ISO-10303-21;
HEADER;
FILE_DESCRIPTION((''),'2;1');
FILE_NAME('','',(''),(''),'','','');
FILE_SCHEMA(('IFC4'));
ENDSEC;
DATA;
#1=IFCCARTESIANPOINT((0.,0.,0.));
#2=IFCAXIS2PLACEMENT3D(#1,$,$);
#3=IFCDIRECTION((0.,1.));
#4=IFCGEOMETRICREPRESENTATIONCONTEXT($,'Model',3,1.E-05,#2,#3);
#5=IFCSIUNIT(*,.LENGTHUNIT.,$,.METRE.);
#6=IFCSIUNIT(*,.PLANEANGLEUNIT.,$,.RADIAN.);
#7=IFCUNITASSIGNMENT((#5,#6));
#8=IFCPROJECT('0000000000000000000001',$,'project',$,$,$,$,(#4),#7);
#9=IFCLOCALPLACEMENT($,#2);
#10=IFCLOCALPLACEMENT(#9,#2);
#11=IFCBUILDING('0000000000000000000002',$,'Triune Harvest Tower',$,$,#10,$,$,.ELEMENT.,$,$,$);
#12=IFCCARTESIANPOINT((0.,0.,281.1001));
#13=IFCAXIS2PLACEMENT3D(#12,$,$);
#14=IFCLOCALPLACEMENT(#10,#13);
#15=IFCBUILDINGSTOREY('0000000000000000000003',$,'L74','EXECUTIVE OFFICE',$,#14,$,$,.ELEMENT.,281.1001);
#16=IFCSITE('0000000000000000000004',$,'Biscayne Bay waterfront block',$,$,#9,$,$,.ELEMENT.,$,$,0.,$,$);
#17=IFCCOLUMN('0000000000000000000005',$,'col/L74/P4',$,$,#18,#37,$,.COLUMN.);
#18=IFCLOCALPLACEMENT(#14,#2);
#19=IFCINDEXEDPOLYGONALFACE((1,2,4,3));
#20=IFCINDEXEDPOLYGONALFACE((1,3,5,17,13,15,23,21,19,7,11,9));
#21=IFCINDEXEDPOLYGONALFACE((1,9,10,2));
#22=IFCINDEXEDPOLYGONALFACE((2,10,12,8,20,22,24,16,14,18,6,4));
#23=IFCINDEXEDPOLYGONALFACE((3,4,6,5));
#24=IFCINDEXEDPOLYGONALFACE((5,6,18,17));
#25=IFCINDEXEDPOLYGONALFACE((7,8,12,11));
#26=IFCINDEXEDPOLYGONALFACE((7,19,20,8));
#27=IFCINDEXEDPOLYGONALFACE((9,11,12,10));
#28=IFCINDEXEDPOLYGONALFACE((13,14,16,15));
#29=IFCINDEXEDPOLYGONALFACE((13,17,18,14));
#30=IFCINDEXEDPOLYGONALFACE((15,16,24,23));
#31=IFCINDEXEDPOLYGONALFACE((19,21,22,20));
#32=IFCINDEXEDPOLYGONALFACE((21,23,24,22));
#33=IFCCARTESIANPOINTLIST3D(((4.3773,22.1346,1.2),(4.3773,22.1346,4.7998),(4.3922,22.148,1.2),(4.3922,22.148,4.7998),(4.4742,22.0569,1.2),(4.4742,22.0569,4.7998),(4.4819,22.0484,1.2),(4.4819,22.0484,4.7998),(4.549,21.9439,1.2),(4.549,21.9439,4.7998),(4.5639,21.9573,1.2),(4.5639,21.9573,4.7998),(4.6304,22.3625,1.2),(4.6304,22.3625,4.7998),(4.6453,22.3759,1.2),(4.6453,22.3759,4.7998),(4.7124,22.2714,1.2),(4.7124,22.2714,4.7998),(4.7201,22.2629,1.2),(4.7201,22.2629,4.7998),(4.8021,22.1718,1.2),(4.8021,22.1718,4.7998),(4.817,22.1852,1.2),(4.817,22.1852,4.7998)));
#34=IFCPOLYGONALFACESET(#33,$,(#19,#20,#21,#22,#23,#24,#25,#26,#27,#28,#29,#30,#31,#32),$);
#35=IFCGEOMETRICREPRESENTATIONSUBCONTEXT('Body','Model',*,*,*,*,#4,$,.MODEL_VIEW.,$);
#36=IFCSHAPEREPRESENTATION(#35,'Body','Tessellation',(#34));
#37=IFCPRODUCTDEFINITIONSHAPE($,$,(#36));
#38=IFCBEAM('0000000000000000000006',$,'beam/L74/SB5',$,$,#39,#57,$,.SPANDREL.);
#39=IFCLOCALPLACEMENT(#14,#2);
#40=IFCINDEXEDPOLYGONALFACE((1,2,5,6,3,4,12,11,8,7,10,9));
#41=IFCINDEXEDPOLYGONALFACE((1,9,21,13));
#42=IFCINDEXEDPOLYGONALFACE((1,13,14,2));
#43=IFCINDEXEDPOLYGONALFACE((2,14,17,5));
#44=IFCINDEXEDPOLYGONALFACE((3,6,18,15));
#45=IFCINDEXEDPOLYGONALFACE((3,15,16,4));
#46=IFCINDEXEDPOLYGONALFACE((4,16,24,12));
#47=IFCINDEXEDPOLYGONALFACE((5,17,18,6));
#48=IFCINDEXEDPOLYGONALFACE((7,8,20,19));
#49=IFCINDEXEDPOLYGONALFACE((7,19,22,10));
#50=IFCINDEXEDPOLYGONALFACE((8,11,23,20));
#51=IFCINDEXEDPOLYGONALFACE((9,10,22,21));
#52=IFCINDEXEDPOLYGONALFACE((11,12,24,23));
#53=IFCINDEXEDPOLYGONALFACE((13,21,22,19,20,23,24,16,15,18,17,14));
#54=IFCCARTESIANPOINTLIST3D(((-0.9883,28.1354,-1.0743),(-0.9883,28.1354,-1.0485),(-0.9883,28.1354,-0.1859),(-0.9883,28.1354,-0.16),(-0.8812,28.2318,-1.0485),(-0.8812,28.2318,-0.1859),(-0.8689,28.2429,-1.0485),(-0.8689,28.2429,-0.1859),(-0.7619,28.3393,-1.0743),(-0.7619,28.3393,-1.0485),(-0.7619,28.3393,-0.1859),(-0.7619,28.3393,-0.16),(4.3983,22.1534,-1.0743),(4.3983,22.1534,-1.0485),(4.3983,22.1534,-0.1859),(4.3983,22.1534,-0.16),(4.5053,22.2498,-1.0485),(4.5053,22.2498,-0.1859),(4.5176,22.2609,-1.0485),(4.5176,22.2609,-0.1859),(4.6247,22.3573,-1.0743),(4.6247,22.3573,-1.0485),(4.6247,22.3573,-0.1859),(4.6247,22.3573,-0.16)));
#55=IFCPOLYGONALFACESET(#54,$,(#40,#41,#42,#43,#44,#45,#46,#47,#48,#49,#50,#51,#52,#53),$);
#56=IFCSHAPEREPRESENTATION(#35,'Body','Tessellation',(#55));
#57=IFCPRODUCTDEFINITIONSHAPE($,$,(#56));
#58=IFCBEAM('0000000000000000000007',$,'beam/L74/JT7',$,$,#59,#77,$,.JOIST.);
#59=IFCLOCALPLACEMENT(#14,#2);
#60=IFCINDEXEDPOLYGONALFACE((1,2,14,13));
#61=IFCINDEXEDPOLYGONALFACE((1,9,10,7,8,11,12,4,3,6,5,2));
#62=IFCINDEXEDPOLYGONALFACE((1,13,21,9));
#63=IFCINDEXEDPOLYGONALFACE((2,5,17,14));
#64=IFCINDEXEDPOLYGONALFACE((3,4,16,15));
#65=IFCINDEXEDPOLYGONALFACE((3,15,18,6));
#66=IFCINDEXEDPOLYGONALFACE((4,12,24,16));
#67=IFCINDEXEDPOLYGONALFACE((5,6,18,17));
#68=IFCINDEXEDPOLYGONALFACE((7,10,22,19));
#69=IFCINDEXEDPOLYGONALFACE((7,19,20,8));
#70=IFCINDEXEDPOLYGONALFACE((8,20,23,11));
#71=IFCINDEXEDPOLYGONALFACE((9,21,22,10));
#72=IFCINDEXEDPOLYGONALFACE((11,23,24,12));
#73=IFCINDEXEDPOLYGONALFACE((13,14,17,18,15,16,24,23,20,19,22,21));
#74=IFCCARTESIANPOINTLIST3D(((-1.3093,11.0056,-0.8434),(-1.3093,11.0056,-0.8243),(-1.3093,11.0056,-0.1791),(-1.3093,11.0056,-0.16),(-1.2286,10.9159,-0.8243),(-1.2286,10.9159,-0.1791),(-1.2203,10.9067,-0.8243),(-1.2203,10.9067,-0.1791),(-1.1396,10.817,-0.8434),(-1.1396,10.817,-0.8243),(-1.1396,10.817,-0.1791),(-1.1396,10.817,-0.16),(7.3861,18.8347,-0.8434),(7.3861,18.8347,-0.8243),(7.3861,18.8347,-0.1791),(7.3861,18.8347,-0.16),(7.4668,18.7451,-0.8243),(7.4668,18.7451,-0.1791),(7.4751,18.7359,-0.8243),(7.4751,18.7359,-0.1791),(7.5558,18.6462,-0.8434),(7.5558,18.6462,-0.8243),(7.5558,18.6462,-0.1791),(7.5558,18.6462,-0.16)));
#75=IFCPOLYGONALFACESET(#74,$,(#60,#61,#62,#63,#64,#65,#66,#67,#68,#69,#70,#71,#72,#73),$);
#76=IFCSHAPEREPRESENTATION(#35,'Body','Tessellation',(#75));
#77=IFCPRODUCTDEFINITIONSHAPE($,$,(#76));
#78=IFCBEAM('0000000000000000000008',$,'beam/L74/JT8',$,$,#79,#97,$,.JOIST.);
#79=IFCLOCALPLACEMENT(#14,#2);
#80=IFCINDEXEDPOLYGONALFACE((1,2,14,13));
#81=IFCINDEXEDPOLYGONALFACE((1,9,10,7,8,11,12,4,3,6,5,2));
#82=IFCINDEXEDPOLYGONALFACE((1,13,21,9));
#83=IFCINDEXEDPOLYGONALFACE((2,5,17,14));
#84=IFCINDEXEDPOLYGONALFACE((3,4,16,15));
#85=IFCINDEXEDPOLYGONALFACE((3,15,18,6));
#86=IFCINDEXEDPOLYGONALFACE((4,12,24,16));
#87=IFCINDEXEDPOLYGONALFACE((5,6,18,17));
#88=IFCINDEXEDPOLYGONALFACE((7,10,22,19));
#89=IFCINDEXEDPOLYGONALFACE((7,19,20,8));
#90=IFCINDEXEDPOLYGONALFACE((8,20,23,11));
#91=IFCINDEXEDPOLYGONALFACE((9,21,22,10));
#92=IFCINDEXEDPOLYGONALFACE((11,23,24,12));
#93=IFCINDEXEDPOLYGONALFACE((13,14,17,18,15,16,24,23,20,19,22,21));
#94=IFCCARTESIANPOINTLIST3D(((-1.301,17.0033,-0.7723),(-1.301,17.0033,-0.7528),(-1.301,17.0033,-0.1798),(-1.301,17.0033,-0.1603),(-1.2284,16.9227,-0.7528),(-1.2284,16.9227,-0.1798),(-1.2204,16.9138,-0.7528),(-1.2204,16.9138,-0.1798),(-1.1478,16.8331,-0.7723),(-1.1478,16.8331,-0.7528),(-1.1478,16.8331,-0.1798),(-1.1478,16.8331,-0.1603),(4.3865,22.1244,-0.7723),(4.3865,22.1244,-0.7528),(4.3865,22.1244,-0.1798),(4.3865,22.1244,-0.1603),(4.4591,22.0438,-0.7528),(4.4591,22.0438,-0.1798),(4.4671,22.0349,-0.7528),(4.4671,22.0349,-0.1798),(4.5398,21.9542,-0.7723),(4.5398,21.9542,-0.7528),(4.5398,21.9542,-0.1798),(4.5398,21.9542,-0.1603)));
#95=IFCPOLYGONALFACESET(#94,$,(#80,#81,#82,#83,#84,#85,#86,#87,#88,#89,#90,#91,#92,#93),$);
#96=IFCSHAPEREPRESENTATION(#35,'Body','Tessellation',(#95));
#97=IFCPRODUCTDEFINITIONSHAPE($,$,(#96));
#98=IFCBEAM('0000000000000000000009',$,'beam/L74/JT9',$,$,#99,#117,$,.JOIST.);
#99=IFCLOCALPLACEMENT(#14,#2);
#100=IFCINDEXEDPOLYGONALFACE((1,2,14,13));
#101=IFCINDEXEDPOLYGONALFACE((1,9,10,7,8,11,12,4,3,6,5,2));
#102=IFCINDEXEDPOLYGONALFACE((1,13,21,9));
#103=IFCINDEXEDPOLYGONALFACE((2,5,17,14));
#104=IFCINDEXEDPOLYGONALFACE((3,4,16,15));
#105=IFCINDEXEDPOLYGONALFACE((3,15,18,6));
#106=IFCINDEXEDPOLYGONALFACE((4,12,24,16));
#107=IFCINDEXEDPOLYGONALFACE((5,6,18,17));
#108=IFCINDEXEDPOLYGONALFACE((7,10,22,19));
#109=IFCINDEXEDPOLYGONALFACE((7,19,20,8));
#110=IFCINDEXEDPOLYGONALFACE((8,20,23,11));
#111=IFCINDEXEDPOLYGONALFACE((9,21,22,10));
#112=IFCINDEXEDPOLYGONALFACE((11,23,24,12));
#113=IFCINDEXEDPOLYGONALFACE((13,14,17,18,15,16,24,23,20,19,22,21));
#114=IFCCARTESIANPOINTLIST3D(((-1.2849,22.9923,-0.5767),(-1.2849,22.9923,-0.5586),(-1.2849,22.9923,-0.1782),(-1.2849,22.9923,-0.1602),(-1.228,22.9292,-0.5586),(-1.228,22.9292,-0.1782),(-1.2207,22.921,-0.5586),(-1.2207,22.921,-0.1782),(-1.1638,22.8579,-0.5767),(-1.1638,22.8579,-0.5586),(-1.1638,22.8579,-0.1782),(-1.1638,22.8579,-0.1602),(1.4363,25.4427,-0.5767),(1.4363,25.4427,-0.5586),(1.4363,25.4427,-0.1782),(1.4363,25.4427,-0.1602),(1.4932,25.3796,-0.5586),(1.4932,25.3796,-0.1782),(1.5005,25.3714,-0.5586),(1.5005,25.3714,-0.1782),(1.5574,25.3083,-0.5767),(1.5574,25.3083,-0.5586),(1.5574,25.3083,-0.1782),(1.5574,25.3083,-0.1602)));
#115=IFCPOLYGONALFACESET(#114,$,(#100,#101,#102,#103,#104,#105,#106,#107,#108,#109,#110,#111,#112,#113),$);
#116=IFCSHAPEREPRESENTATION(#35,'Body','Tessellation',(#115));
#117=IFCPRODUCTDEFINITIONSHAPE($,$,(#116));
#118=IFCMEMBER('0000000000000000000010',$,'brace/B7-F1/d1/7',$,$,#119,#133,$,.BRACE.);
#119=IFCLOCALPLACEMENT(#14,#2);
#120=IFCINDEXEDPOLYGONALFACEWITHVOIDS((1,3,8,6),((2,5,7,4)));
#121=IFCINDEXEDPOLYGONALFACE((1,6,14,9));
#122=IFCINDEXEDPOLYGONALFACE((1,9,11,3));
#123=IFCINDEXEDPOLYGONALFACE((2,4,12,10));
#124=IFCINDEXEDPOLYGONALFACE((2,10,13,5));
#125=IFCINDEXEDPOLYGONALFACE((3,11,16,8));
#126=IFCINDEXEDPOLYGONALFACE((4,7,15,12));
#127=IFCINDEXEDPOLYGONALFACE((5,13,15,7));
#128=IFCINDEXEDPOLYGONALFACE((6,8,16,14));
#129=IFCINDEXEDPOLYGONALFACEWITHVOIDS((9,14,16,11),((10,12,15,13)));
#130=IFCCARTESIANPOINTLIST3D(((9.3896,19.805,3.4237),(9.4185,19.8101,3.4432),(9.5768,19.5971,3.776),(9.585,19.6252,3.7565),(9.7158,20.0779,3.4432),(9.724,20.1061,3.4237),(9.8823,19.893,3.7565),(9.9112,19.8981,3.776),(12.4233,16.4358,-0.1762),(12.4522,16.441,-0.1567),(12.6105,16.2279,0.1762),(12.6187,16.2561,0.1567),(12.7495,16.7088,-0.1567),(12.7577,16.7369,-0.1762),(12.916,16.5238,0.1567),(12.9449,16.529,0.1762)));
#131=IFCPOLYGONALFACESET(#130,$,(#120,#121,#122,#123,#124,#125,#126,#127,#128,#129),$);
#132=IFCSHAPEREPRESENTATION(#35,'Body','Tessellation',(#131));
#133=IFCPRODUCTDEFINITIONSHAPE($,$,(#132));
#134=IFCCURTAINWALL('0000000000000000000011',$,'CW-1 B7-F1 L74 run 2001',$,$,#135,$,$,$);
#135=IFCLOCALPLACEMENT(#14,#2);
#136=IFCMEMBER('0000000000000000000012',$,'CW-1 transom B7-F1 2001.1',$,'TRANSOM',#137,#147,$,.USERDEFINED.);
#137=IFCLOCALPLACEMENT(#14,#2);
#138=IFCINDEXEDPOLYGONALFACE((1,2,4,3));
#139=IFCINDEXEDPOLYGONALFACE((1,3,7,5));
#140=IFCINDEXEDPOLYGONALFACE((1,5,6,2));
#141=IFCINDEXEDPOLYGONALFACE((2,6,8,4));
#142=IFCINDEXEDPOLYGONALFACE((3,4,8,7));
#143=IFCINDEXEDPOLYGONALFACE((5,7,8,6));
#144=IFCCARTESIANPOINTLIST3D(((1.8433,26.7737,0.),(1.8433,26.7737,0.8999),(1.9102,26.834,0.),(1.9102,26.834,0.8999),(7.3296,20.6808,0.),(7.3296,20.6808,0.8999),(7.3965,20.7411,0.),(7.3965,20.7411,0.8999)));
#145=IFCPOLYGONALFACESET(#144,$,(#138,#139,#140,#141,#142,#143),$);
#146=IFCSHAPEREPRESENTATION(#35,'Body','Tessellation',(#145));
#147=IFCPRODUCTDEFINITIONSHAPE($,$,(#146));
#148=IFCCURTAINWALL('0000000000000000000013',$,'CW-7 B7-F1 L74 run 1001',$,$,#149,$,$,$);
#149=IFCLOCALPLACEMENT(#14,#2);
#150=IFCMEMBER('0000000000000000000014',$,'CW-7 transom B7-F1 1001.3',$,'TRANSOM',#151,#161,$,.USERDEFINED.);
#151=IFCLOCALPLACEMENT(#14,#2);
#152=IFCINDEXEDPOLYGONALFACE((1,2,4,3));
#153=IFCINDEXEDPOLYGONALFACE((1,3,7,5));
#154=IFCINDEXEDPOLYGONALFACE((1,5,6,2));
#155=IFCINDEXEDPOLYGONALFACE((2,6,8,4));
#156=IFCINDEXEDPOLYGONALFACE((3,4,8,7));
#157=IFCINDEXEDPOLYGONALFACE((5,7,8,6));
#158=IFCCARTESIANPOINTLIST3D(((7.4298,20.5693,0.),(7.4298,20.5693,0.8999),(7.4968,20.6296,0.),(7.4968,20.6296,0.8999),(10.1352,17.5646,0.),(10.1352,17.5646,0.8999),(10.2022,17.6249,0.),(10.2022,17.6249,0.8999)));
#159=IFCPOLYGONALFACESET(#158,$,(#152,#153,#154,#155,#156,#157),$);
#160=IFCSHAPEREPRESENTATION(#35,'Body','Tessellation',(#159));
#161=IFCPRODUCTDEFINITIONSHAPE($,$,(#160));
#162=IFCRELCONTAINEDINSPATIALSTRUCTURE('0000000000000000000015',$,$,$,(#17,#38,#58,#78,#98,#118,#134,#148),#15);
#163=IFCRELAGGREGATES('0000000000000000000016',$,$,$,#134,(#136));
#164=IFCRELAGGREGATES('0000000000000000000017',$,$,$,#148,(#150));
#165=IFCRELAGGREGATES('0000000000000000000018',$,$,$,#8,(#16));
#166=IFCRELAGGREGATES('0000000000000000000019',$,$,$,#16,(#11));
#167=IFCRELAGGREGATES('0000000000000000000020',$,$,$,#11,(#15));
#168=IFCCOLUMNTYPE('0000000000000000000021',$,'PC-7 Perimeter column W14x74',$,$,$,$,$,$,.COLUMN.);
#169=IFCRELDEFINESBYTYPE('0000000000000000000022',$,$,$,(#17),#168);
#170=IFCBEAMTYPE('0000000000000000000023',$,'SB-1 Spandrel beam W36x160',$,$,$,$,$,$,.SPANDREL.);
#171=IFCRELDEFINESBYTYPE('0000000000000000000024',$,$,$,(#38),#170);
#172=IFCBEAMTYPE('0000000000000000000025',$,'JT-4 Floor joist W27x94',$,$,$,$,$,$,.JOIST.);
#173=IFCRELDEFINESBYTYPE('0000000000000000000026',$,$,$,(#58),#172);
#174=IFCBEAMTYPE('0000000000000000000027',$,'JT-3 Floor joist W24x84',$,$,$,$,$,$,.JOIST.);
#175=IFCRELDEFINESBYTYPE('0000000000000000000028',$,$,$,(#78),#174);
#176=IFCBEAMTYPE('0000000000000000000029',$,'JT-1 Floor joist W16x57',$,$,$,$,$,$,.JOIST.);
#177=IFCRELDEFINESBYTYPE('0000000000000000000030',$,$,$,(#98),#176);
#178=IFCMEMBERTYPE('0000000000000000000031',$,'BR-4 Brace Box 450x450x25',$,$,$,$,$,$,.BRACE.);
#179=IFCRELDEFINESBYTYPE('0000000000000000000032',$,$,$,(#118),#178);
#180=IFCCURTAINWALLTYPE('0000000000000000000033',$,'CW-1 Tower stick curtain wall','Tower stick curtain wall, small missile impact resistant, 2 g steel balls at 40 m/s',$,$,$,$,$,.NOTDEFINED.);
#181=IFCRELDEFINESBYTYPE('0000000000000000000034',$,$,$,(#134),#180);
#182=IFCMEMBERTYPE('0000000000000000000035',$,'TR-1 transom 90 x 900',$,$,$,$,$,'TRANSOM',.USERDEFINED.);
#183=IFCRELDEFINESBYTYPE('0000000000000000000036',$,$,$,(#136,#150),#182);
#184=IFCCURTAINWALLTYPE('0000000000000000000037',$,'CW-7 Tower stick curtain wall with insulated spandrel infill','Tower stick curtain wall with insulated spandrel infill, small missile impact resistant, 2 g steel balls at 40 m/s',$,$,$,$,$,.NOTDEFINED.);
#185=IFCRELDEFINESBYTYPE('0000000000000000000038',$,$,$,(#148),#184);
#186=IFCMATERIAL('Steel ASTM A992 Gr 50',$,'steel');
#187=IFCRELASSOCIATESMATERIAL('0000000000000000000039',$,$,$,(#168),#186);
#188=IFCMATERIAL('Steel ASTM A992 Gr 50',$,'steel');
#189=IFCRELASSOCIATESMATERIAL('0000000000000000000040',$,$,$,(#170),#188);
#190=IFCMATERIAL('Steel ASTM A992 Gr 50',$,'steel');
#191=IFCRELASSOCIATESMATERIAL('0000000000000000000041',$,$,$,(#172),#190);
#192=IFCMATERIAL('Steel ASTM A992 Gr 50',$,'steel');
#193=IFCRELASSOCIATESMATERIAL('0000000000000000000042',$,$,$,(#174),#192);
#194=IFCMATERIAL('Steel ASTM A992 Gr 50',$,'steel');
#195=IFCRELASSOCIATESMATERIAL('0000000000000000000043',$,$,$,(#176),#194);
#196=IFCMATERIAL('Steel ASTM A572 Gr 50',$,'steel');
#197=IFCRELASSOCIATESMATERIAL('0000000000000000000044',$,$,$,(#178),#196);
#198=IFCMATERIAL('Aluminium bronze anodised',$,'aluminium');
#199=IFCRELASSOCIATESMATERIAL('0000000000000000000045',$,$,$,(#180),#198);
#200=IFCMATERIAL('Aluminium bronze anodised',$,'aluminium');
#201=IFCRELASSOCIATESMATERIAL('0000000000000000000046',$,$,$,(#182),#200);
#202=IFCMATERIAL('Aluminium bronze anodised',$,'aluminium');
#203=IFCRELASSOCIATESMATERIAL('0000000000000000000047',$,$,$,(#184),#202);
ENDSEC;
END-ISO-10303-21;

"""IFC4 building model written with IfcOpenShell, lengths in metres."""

from ifc_helpers import new_model, si_unit, direction, frame, origin, origin_2d, place, context, subcontext, project, spatial, rectangle, hollow_rectangle, i_section, extrude, source, transform, mapped, material, material_profile, profile_set, type_object, element, aggregate, save


model = new_model("IFC4")

# Units and contexts
model_context = context("Model", 3, precision=1e-05, world=origin(), true_north=direction((0.0, 1.0)))
body_context = subcontext(model_context, "Body", "Model", "MODEL_VIEW")
ifc_project = project(units=[si_unit("LENGTHUNIT", "METRE"), si_unit("PLANEANGLEUNIT", "RADIAN")], contexts=[model_context])

# Site, building, storey
site_placement = place(None, origin())
site = spatial("IfcSite", under=ifc_project, at=site_placement, Name="Biscayne Bay waterfront block", CompositionType="ELEMENT", RefElevation=0.0)
building_placement = place(site_placement, origin())
building = spatial("IfcBuilding", under=site, at=building_placement, Name="Triune Harvest Tower", CompositionType="ELEMENT")
storey_placement = place(building_placement, frame((0.0, 0.0, 281.1001)))
storey = spatial("IfcBuildingStorey", under=building, at=storey_placement, Name="L74", Description="EXECUTIVE OFFICE", CompositionType="ELEMENT", Elevation=281.1001)

# Column
ifc_material_1 = material(Name="Steel ASTM A992 Gr 50", Category="steel")
ifc_material_profile_1 = material_profile(ifc_material_1, i_section(OverallWidth=0.2566, OverallDepth=0.3606, WebThickness=0.0115, FlangeThickness=0.02, at=origin_2d()), Name="W14x74")
ifc_profile_set_1 = profile_set([ifc_material_profile_1], Name="Steel ASTM A992 Gr 50")
column_type = type_object("IfcColumnType", Name="PC-7 Perimeter column W14x74", PredefinedType="COLUMN", material=ifc_profile_set_1)
shared_shape_1 = source(origin(), body_context, "Body", "SweptSolid", [
    extrude(i_section(OverallWidth=0.2566, OverallDepth=0.3606, WebThickness=0.0115, FlangeThickness=0.02, at=origin_2d()), origin(), (0.0, 0.0, 1.0), 3.5999),
])
column_placement = place(storey_placement, frame((4.5972, 22.1599, 1.2), z_axis=(0.0, 0.0, 1.0), x_axis=(-0.669131, 0.743145, 0.0)))
element("IfcColumn", 1, at=column_placement, inside=storey, type_object=column_type, Name="col/L74/P4", PredefinedType="COLUMN", context=body_context, shape_type="MappedRepresentation", body=[
    mapped(shared_shape_1, transform((0.0, 0.0, 0.0), scale=1.0)),
])

# Beams
ifc_material_2 = material(Name="Steel ASTM A992 Gr 50", Category="steel")
ifc_material_profile_2 = material_profile(ifc_material_2, i_section(OverallWidth=0.3047, OverallDepth=0.9143, WebThickness=0.0166, FlangeThickness=0.0259, at=origin_2d()), Name="W36x160")
ifc_profile_set_2 = profile_set([ifc_material_profile_2], Name="Steel ASTM A992 Gr 50")
beam_type_1 = type_object("IfcBeamType", Name="SB-1 Spandrel beam W36x160", PredefinedType="SPANDREL", material=ifc_profile_set_2)
shared_shape_2 = source(origin(), body_context, "Body", "SweptSolid", [
    extrude(i_section(OverallWidth=0.3047, OverallDepth=0.9143, WebThickness=0.0166, FlangeThickness=0.0259, at=origin_2d()), origin(), (0.0, 0.0, 1.0), 8.0498),
])
beam_1_placement = place(storey_placement, frame((4.5115, 22.2554, -0.6172), z_axis=(-0.669152, 0.743125, 0.0), x_axis=(-0.743125, -0.669152, 0.0)))
element("IfcBeam", 2, at=beam_1_placement, inside=storey, type_object=beam_type_1, Name="beam/L74/SB5", PredefinedType="SPANDREL", context=body_context, shape_type="MappedRepresentation", body=[
    mapped(shared_shape_2, transform((0.0, 0.0, 0.0), scale=1.0)),
])
ifc_material_3 = material(Name="Steel ASTM A992 Gr 50", Category="steel")
ifc_material_profile_3 = material_profile(ifc_material_3, i_section(OverallWidth=0.2537, OverallDepth=0.6833, WebThickness=0.0125, FlangeThickness=0.019, at=origin_2d()), Name="W27x94")
ifc_profile_set_3 = profile_set([ifc_material_profile_3], Name="Steel ASTM A992 Gr 50")
beam_type_2 = type_object("IfcBeamType", Name="JT-4 Floor joist W27x94", PredefinedType="JOIST", material=ifc_profile_set_3)
shared_shape_3 = source(origin(), body_context, "Body", "SweptSolid", [
    extrude(i_section(OverallWidth=0.2537, OverallDepth=0.6833, WebThickness=0.0125, FlangeThickness=0.019, at=origin_2d()), origin(), (0.0, 0.0, 1.0), 11.7007),
])
beam_2_placement = place(storey_placement, frame((7.4709, 18.7405, -0.5017), z_axis=(-0.743153, -0.669121, 0.0), x_axis=(0.669121, -0.743153, 0.0)))
element("IfcBeam", 3, at=beam_2_placement, inside=storey, type_object=beam_type_2, Name="beam/L74/JT7", PredefinedType="JOIST", context=body_context, shape_type="MappedRepresentation", body=[
    mapped(shared_shape_3, transform((0.0, 0.0, 0.0), scale=1.0)),
])
ifc_material_4 = material(Name="Steel ASTM A992 Gr 50", Category="steel")
ifc_material_profile_4 = material_profile(ifc_material_4, i_section(OverallWidth=0.229, OverallDepth=0.6121, WebThickness=0.012, FlangeThickness=0.0195, at=origin_2d()), Name="W24x84")
ifc_profile_set_4 = profile_set([ifc_material_profile_4], Name="Steel ASTM A992 Gr 50")
beam_type_3 = type_object("IfcBeamType", Name="JT-3 Floor joist W24x84", PredefinedType="JOIST", material=ifc_profile_set_4)
shared_shape_4 = source(origin(), body_context, "Body", "SweptSolid", [
    extrude(i_section(OverallWidth=0.229, OverallDepth=0.6121, WebThickness=0.012, FlangeThickness=0.0195, at=origin_2d()), origin(), (0.0, 0.0, 1.0), 7.6533),
])
beam_3_placement = place(storey_placement, frame((4.4631, 22.0393, -0.4663), z_axis=(-0.743142, -0.669134, 0.0), x_axis=(0.669134, -0.743142, 0.0)))
element("IfcBeam", 4, at=beam_3_placement, inside=storey, type_object=beam_type_3, Name="beam/L74/JT8", PredefinedType="JOIST", context=body_context, shape_type="MappedRepresentation", body=[
    mapped(shared_shape_4, transform((0.0, 0.0, 0.0), scale=1.0)),
])
ifc_material_5 = material(Name="Steel ASTM A992 Gr 50", Category="steel")
ifc_material_profile_5 = material_profile(ifc_material_5, i_section(OverallWidth=0.1809, OverallDepth=0.4165, WebThickness=0.011, FlangeThickness=0.0181, at=origin_2d()), Name="W16x57")
ifc_profile_set_5 = profile_set([ifc_material_profile_5], Name="Steel ASTM A992 Gr 50")
beam_type_4 = type_object("IfcBeamType", Name="JT-1 Floor joist W16x57", PredefinedType="JOIST", material=ifc_profile_set_5)
shared_shape_5 = source(origin(), body_context, "Body", "SweptSolid", [
    extrude(i_section(OverallWidth=0.1809, OverallDepth=0.4165, WebThickness=0.011, FlangeThickness=0.0181, at=origin_2d()), origin(), (0.0, 0.0, 1.0), 3.6619),
])
beam_4_placement = place(storey_placement, frame((1.4968, 25.3755, -0.3684), z_axis=(-0.743108, -0.669171, 0.0), x_axis=(0.669171, -0.743108, 0.0)))
element("IfcBeam", 5, at=beam_4_placement, inside=storey, type_object=beam_type_4, Name="beam/L74/JT9", PredefinedType="JOIST", context=body_context, shape_type="MappedRepresentation", body=[
    mapped(shared_shape_5, transform((0.0, 0.0, 0.0), scale=1.0)),
])

# Member
ifc_material_6 = material(Name="Steel ASTM A572 Gr 50", Category="steel")
ifc_material_profile_6 = material_profile(ifc_material_6, hollow_rectangle(XDim=0.45, YDim=0.45, WallThickness=0.0249, at=origin_2d()), Name="Box 450x450x25")
ifc_profile_set_6 = profile_set([ifc_material_profile_6], Name="Steel ASTM A572 Gr 50")
member_type_1 = type_object("IfcMemberType", Name="BR-4 Brace Box 450x450x25", PredefinedType="BRACE", material=ifc_profile_set_6)
shared_shape_6 = source(origin(), body_context, "Body", "SweptSolid", [
    extrude(hollow_rectangle(XDim=0.45, YDim=0.45, WallThickness=0.0249, at=origin_2d()), origin(), (0.0, 0.0, 1.0), 5.7891),
])
member_1_placement = place(storey_placement, frame((12.6841, 16.4824, 0.0), z_axis=(-0.524038, 0.581983, 0.621836), x_axis=(-0.743133, -0.669143, 0.0)))
element("IfcMember", 6, at=member_1_placement, inside=storey, type_object=member_type_1, Name="brace/B7-F1/d1/7", PredefinedType="BRACE", context=body_context, shape_type="MappedRepresentation", body=[
    mapped(shared_shape_6, transform((0.0, 0.0, 0.0), scale=1.0)),
])

# Curtain walls, members
ifc_material_7 = material(Name="Aluminium bronze anodised", Category="aluminium")
curtain_wall_type_1 = type_object("IfcCurtainWallType", Name="CW-1 Tower stick curtain wall", Description="Tower stick curtain wall, small missile impact resistant, 2 g steel balls at 40 m/s", PredefinedType="NOTDEFINED", material=ifc_material_7)
curtain_wall_1_placement = place(storey_placement, origin())
curtain_wall_1 = element("IfcCurtainWall", 7, at=curtain_wall_1_placement, inside=storey, type_object=curtain_wall_type_1, Name="CW-1 B7-F1 L74 run 2001")
ifc_material_8 = material(Name="Aluminium bronze anodised", Category="aluminium")
ifc_material_profile_7 = material_profile(ifc_material_8, rectangle(XDim=0.0901, YDim=0.8999, at=origin_2d()), Name="TR-1 transom 90 x 900")
ifc_profile_set_7 = profile_set([ifc_material_profile_7], Name="Aluminium bronze anodised")
member_type_2 = type_object("IfcMemberType", Name="TR-1 transom 90 x 900", ElementType="TRANSOM", PredefinedType="USERDEFINED", material=ifc_profile_set_7)
shared_shape_7 = source(origin(), body_context, "Body", "SweptSolid", [
    extrude(rectangle(XDim=0.0901, YDim=0.8999, at=origin_2d()), origin(), (0.0, 0.0, 1.0), 8.199),
])
member_2_placement = place(storey_placement, frame((7.363, 20.7109, 0.45), z_axis=(-0.669141, 0.743136, 0.0), x_axis=(-0.743136, -0.669141, 0.0)))
member_2 = element("IfcMember", 8, at=member_2_placement, type_object=member_type_2, Name="CW-1 transom B7-F1 2001.1", ObjectType="TRANSOM", PredefinedType="USERDEFINED", context=body_context, shape_type="MappedRepresentation", body=[
    mapped(shared_shape_7, transform((0.0, 0.0, 0.0), scale=1.0)),
])
ifc_material_9 = material(Name="Aluminium bronze anodised", Category="aluminium")
curtain_wall_type_2 = type_object("IfcCurtainWallType", Name="CW-7 Tower stick curtain wall with insulated spandrel infill", Description="Tower stick curtain wall with insulated spandrel infill, small missile impact resistant, 2 g steel balls at 40 m/s", PredefinedType="NOTDEFINED", material=ifc_material_9)
curtain_wall_2_placement = place(storey_placement, origin())
curtain_wall_2 = element("IfcCurtainWall", 9, at=curtain_wall_2_placement, inside=storey, type_object=curtain_wall_type_2, Name="CW-7 B7-F1 L74 run 1001")
shared_shape_8 = source(origin(), body_context, "Body", "SweptSolid", [
    extrude(rectangle(XDim=0.0901, YDim=0.8999, at=origin_2d()), origin(), (0.0, 0.0, 1.0), 4.0432),
])
member_3_placement = place(storey_placement, frame((10.1687, 17.5947, 0.45), z_axis=(-0.669122, 0.743153, 0.0), x_axis=(-0.743153, -0.669122, 0.0)))
member_3 = element("IfcMember", 10, at=member_3_placement, type_object=member_type_2, Name="CW-7 transom B7-F1 1001.3", ObjectType="TRANSOM", PredefinedType="USERDEFINED", context=body_context, shape_type="MappedRepresentation", body=[
    mapped(shared_shape_8, transform((0.0, 0.0, 0.0), scale=1.0)),
])

aggregate(curtain_wall_1, [member_2])
aggregate(curtain_wall_2, [member_3])

save(model, "model.ifc")
